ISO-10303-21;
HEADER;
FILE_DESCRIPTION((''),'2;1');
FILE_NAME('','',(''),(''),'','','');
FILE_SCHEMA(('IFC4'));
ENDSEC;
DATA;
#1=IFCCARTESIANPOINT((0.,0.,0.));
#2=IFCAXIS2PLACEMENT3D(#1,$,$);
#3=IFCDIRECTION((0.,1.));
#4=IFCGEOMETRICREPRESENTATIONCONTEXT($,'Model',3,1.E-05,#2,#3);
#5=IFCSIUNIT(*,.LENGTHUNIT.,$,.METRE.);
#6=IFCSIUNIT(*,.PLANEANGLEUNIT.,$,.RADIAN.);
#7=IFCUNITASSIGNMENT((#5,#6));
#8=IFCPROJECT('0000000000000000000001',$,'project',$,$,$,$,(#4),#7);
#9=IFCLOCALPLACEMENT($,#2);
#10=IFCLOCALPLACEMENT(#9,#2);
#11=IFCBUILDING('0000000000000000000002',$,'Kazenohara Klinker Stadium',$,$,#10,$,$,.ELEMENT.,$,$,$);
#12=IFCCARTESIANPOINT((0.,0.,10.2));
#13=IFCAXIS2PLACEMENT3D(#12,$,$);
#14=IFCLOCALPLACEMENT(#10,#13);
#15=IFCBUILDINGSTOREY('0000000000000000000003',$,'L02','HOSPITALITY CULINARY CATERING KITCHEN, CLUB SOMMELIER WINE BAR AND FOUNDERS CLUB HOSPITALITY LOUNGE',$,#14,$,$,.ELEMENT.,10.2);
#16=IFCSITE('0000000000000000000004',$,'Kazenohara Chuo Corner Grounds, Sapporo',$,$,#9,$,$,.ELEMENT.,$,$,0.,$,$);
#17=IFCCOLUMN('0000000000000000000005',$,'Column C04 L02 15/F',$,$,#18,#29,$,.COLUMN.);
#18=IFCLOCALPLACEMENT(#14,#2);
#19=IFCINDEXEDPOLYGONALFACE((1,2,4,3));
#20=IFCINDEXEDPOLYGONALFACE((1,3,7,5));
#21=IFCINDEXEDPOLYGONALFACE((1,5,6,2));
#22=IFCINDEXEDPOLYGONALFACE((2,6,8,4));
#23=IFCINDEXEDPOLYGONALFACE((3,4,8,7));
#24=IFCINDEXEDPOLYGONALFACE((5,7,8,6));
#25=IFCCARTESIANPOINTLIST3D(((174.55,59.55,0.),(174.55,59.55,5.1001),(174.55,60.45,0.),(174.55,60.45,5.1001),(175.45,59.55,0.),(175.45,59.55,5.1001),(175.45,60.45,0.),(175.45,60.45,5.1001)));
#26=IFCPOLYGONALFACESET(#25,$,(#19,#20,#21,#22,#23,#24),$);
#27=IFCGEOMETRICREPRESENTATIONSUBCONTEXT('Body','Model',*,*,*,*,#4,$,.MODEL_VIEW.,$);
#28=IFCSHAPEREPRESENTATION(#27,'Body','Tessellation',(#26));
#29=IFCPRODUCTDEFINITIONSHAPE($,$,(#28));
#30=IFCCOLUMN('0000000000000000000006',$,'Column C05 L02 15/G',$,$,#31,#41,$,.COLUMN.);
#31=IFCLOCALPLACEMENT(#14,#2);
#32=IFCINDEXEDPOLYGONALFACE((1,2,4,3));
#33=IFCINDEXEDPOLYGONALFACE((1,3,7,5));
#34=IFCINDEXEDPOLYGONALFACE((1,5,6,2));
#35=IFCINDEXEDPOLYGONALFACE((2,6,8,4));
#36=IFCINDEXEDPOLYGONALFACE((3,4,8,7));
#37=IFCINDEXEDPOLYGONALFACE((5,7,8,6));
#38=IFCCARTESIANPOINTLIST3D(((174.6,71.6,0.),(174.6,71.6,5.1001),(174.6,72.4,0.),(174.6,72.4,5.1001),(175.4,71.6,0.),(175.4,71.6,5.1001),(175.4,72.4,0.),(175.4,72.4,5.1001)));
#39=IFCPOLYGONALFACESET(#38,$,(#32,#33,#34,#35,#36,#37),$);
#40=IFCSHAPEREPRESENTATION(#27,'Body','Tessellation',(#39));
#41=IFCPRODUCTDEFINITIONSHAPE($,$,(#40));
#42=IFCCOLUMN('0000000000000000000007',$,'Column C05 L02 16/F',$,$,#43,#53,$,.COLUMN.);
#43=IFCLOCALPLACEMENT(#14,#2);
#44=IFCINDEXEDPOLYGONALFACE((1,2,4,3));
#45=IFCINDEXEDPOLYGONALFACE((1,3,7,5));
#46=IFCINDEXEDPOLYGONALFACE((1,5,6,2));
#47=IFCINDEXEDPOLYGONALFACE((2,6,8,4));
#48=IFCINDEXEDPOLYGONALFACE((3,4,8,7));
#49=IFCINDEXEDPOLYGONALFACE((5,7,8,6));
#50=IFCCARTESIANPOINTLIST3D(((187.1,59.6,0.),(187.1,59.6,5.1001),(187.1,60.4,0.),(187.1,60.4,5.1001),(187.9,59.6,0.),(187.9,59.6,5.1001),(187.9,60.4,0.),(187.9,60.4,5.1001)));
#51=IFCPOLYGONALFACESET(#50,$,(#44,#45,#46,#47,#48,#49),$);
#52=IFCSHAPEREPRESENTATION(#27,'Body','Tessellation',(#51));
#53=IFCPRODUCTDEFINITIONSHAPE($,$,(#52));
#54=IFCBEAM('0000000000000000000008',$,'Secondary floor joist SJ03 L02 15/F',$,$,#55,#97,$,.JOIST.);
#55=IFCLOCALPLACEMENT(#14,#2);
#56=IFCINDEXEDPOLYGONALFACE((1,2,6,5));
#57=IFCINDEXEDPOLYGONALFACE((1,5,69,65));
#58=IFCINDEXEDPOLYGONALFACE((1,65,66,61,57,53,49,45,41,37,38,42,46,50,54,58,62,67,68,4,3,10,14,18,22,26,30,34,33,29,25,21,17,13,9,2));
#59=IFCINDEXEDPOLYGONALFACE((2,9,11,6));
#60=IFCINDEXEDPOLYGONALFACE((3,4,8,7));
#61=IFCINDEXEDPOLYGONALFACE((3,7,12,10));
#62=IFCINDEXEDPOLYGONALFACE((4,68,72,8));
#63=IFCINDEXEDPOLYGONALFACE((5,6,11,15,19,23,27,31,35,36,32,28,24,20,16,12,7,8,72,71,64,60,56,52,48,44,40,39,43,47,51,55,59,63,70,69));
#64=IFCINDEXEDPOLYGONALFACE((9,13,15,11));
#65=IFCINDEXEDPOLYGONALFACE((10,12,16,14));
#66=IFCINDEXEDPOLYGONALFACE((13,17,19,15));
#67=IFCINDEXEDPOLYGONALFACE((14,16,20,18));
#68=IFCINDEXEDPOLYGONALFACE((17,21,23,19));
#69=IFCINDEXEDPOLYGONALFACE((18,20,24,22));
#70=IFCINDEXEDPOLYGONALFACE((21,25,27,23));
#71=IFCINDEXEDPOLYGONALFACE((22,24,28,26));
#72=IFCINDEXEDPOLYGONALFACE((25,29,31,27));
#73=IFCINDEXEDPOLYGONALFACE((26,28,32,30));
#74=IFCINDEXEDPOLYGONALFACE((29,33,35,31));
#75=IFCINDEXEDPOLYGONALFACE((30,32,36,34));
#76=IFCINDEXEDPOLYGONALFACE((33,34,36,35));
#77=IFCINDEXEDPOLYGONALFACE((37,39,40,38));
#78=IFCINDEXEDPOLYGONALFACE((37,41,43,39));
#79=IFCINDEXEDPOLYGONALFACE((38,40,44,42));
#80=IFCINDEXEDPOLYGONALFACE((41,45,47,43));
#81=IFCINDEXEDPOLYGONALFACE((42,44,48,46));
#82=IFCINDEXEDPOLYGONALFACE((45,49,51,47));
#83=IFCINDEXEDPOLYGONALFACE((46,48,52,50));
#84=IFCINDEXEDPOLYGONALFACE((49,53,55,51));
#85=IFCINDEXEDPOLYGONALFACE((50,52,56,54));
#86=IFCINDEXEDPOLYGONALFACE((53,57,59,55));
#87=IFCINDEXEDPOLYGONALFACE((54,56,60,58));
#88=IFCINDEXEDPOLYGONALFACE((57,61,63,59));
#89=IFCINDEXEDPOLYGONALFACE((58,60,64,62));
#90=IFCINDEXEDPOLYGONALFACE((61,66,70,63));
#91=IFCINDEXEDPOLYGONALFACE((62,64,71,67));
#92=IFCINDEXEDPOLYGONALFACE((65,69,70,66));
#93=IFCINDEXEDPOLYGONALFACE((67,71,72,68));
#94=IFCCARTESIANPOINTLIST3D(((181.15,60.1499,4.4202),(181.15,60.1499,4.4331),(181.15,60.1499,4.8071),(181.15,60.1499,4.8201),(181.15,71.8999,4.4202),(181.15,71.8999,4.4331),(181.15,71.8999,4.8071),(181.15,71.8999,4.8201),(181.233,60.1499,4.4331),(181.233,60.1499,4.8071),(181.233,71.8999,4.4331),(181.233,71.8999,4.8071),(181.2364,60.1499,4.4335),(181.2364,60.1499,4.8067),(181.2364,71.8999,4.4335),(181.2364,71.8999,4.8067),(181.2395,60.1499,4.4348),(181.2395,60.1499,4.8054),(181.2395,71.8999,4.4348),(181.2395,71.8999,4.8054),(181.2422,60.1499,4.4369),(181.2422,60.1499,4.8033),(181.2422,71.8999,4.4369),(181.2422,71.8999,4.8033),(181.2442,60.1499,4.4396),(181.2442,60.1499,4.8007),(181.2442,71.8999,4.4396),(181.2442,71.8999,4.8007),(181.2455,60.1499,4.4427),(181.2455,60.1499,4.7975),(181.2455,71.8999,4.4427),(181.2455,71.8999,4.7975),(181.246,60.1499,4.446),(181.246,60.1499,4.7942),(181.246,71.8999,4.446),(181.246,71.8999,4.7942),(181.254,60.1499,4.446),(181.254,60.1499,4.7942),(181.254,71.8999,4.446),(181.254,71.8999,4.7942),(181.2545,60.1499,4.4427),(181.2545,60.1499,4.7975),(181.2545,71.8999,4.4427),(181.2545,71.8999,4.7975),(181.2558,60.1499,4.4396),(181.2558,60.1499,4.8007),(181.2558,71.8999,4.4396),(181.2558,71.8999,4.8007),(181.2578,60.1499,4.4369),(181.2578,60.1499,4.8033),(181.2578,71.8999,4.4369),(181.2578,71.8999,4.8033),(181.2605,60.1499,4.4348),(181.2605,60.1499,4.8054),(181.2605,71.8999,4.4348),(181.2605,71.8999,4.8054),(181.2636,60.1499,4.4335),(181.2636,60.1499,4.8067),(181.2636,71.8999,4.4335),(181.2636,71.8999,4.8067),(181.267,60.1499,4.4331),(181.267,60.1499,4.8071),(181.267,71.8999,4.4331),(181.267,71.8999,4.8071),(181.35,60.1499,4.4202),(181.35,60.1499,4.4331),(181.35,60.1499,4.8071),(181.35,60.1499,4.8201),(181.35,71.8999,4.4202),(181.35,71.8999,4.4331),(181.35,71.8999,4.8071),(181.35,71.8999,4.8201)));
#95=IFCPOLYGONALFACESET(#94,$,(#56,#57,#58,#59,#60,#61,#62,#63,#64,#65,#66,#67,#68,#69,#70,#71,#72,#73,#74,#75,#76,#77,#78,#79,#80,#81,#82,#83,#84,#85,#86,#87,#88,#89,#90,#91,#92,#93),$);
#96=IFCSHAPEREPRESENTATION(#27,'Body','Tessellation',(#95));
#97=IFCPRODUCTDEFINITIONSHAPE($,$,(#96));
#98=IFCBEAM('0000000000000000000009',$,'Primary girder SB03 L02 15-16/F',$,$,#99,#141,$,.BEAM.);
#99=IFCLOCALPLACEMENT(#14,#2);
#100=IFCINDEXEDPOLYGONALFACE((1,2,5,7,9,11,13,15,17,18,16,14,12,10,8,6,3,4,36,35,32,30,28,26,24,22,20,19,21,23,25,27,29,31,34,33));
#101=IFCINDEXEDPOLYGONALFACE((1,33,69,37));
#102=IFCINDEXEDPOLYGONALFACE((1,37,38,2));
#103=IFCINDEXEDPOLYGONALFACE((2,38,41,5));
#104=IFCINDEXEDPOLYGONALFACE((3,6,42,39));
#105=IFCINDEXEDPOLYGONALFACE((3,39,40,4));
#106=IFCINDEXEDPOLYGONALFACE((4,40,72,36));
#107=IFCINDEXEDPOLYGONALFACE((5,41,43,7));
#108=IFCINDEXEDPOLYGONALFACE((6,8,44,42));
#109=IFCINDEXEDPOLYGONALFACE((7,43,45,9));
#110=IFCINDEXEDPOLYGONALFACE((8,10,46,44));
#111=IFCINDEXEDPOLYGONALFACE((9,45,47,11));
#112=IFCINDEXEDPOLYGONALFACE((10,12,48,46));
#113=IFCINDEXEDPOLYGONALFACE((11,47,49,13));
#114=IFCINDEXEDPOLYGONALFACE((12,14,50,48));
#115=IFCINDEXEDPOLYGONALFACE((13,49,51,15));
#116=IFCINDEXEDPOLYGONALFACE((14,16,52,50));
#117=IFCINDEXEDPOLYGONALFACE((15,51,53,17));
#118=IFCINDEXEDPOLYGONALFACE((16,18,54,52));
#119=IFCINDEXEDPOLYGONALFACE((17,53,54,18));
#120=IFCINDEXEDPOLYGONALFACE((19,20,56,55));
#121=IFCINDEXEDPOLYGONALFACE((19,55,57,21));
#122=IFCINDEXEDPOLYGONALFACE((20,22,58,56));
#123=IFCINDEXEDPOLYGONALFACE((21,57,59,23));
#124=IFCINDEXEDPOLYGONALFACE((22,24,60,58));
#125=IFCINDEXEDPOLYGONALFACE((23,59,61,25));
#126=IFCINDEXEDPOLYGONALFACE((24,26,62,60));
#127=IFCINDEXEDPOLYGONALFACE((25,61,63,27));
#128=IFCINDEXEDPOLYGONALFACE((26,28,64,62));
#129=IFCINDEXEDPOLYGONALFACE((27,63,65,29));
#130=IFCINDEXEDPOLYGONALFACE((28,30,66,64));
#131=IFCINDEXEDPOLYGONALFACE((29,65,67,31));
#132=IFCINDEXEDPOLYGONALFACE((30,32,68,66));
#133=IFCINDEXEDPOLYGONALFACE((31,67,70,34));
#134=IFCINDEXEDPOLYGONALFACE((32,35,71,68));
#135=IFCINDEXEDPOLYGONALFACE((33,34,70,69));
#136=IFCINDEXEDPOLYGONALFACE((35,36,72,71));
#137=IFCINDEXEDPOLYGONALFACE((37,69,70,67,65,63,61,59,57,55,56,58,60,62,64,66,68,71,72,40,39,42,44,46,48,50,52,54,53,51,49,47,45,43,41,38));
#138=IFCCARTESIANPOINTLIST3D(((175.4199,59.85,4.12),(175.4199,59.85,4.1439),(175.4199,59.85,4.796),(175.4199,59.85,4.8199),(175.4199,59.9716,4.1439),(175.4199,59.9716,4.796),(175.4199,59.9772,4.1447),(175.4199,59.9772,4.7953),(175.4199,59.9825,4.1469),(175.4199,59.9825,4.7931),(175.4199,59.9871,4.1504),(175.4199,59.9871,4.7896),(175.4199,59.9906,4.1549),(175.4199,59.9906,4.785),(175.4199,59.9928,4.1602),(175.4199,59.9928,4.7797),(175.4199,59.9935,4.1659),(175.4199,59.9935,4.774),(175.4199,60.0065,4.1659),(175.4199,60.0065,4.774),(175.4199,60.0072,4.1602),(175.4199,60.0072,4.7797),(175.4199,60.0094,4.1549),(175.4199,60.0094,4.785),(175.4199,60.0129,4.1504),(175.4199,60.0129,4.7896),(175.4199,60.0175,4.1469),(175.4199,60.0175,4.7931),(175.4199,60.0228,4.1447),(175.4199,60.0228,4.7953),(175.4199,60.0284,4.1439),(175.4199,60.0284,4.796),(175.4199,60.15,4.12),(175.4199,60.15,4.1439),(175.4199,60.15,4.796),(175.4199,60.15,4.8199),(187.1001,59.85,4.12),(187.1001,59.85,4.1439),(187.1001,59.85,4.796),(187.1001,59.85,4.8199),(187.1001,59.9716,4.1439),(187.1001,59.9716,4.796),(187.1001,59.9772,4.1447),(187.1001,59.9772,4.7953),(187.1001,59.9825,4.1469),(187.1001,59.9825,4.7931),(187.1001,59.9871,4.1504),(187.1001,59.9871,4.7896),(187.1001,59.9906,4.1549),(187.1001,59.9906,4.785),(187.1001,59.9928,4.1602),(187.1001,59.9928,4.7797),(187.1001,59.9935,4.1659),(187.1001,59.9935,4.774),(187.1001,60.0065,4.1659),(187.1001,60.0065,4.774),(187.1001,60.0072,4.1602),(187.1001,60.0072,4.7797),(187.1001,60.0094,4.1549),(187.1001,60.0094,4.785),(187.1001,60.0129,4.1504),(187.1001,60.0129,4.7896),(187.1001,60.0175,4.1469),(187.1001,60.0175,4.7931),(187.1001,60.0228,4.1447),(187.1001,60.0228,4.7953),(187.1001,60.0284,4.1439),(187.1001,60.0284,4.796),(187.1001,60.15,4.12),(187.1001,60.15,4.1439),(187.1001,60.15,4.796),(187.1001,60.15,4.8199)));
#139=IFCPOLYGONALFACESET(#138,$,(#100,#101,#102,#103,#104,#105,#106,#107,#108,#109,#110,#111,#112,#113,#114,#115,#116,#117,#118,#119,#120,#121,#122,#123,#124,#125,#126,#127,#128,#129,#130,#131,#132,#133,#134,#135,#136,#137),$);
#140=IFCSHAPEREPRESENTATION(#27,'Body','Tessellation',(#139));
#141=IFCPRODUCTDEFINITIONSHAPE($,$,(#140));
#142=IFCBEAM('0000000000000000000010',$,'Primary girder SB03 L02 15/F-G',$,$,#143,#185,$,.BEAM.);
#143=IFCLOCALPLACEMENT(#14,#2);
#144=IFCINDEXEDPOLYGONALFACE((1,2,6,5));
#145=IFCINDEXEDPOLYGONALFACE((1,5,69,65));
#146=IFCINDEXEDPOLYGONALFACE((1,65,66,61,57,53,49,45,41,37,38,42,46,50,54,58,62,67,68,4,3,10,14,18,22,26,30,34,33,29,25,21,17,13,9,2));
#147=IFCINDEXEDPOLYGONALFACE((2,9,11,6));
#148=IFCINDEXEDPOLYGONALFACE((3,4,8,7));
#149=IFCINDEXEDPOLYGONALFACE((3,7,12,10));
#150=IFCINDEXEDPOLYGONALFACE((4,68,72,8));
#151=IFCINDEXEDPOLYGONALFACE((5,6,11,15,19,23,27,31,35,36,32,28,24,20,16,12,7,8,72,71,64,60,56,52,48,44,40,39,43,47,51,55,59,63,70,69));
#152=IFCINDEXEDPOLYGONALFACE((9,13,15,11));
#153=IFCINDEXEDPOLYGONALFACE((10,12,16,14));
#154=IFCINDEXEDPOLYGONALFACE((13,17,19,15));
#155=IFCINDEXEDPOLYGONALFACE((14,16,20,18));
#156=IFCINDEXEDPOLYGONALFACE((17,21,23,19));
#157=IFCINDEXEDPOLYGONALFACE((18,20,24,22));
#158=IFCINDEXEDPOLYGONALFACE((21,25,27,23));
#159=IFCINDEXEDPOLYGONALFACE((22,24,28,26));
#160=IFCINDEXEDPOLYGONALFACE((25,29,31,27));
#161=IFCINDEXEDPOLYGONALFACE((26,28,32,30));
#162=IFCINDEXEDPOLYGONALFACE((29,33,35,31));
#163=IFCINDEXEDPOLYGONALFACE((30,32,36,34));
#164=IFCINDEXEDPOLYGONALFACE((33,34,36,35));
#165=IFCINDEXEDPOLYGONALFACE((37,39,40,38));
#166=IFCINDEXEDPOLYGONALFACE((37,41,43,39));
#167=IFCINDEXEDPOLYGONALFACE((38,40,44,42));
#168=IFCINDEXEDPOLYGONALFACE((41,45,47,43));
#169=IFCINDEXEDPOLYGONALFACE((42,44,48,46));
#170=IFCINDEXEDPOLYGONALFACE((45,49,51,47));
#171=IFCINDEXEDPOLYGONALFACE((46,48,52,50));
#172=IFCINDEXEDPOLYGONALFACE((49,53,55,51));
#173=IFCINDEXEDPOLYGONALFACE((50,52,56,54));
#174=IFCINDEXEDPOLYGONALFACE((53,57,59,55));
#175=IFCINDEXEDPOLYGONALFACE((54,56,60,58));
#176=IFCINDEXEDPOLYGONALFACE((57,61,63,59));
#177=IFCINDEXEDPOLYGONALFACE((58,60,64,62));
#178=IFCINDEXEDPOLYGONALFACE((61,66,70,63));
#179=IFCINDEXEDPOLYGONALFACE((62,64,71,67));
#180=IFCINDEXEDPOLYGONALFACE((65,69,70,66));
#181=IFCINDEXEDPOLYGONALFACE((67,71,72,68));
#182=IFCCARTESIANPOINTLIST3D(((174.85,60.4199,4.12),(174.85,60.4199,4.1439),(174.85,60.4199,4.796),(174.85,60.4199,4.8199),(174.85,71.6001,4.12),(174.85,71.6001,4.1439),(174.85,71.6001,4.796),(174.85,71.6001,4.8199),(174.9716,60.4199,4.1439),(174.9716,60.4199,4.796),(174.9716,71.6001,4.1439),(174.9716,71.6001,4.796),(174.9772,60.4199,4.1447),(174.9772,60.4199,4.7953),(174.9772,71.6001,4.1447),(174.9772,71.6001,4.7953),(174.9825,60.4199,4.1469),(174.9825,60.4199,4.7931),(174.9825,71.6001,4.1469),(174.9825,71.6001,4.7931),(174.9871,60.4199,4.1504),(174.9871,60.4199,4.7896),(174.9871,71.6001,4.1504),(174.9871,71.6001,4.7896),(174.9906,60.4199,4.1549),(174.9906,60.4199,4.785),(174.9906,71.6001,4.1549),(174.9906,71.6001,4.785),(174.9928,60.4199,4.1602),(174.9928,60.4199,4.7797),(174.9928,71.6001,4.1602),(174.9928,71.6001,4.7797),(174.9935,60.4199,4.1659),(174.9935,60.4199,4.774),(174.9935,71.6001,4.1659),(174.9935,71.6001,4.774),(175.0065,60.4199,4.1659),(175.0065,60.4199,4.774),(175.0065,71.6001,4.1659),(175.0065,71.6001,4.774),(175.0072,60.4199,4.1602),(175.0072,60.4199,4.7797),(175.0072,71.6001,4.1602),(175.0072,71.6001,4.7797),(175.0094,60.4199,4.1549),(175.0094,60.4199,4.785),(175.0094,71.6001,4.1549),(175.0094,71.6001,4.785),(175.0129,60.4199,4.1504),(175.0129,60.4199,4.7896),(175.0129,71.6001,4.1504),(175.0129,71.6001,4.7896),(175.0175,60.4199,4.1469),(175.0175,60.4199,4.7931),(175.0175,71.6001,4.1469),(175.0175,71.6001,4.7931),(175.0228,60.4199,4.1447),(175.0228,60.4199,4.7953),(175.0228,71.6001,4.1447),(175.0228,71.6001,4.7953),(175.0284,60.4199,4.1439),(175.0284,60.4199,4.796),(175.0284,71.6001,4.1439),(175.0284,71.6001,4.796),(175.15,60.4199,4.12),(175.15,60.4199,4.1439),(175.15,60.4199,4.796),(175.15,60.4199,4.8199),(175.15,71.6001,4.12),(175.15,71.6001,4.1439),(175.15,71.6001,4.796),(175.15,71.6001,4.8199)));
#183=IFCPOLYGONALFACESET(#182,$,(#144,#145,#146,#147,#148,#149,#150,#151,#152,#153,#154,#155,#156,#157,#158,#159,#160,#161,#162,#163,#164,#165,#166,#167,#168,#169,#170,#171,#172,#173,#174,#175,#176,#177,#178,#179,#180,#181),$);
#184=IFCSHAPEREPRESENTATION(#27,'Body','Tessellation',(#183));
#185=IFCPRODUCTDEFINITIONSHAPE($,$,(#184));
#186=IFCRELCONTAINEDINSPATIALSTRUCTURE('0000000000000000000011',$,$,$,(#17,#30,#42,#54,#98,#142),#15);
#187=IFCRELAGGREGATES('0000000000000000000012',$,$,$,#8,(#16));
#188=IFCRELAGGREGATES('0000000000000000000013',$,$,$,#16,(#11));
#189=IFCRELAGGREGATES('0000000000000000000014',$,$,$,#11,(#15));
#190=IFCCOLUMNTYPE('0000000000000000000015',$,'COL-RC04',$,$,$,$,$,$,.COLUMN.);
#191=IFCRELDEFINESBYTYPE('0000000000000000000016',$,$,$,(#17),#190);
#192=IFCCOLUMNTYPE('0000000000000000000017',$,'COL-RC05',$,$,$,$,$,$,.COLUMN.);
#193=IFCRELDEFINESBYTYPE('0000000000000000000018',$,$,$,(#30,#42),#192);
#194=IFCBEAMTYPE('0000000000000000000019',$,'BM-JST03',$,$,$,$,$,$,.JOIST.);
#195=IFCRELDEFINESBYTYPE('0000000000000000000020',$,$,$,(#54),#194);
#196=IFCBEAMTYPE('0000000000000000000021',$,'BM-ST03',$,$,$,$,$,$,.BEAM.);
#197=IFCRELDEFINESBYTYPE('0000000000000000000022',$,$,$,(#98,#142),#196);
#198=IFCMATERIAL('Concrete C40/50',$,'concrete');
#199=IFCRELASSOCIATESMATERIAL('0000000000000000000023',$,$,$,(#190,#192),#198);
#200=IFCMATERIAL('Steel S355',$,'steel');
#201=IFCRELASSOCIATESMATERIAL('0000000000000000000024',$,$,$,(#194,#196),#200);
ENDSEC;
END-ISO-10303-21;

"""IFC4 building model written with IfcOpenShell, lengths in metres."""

from ifc_helpers import new_model, si_unit, direction, frame, origin, origin_2d, place, context, subcontext, project, spatial, rectangle, i_section, extrude, material, material_profile, profile_set, type_object, element, save


model = new_model("IFC4")

# Units and contexts
model_context = context("Model", 3, precision=1e-05, world=origin(), true_north=direction((0.0, 1.0)))
body_context = subcontext(model_context, "Body", "Model", "MODEL_VIEW")
ifc_project = project(units=[si_unit("LENGTHUNIT", "METRE"), si_unit("PLANEANGLEUNIT", "RADIAN")], contexts=[model_context])

# Site, building, storey
site_placement = place(None, origin())
site = spatial("IfcSite", under=ifc_project, at=site_placement, Name="Kazenohara Chuo Corner Grounds, Sapporo", CompositionType="ELEMENT", RefElevation=0.0)
building_placement = place(site_placement, origin())
building = spatial("IfcBuilding", under=site, at=building_placement, Name="Kazenohara Klinker Stadium", CompositionType="ELEMENT")
storey_placement = place(building_placement, frame((0.0, 0.0, 10.2)))
storey = spatial("IfcBuildingStorey", under=building, at=storey_placement, Name="L02", Description="HOSPITALITY CULINARY CATERING KITCHEN, CLUB SOMMELIER WINE BAR AND FOUNDERS CLUB HOSPITALITY LOUNGE", CompositionType="ELEMENT", Elevation=10.2)

# Columns
ifc_material_1 = material(Name="Concrete C40/50", Category="concrete")
ifc_material_profile_1 = material_profile(ifc_material_1, rectangle(XDim=0.8999, YDim=0.8999, at=origin_2d()), Name="RC-COL-900x900")
ifc_profile_set_1 = profile_set([ifc_material_profile_1], Name="Concrete C40/50")
column_type_1 = type_object("IfcColumnType", Name="COL-RC04", PredefinedType="COLUMN", material=ifc_profile_set_1)
column_placement = place(storey_placement, frame((175.0, 60.0, 0.0), z_axis=(0.0, 0.0, 1.0), x_axis=(1.0, 0.0, 0.0)))
element("IfcColumn", 1, at=column_placement, inside=storey, type_object=column_type_1, Name="Column C04 L02 15/F", PredefinedType="COLUMN", context=body_context, shape_type="SweptSolid", body=[
    extrude(rectangle(XDim=0.8999, YDim=0.8999, at=origin_2d()), origin(), (0.0, 0.0, 1.0), 5.1001),
])
ifc_material_profile_2 = material_profile(ifc_material_1, rectangle(XDim=0.8, YDim=0.8, at=origin_2d()), Name="RC-COL-800x800")
ifc_profile_set_2 = profile_set([ifc_material_profile_2], Name="Concrete C40/50")
column_type_2 = type_object("IfcColumnType", Name="COL-RC05", PredefinedType="COLUMN", material=ifc_profile_set_2)
for number, where, z_axis, x_axis, name in (
    (2, (175.0, 72.0, 0.0), (0.0, 0.0, 1.0), (1.0, 0.0, 0.0), "Column C05 L02 15/G"),
    (3, (187.5, 60.0, 0.0), (0.0, 0.0, 1.0), (1.0, 0.0, 0.0), "Column C05 L02 16/F"),
):
    element("IfcColumn", number, at=place(storey_placement, frame(where, z_axis=z_axis, x_axis=x_axis)), inside=storey, type_object=column_type_2, Name=name, PredefinedType="COLUMN", context=body_context, shape_type="SweptSolid", body=[
        extrude(rectangle(XDim=0.8, YDim=0.8, at=origin_2d()), origin(), (0.0, 0.0, 1.0), 5.1001),
    ])

# Beams
ifc_material_2 = material(Name="Steel S355", Category="steel")
ifc_material_profile_3 = material_profile(ifc_material_2, i_section(OverallWidth=0.2, OverallDepth=0.3999, WebThickness=0.0081, FlangeThickness=0.0129, FilletRadius=0.0129, at=origin_2d()), Name="H-400x200x8x13")
ifc_profile_set_3 = profile_set([ifc_material_profile_3], Name="Steel S355")
beam_type_1 = type_object("IfcBeamType", Name="BM-JST03", PredefinedType="JOIST", material=ifc_profile_set_3)
beam_1_placement = place(storey_placement, frame((181.25, 60.1499, 4.6201), z_axis=(0.0, 1.0, 0.0), x_axis=(-1.0, 0.0, 0.0)))
element("IfcBeam", 4, at=beam_1_placement, inside=storey, type_object=beam_type_1, Name="Secondary floor joist SJ03 L02 15/F", PredefinedType="JOIST", context=body_context, shape_type="SweptSolid", body=[
    extrude(i_section(OverallWidth=0.2, OverallDepth=0.3999, WebThickness=0.0081, FlangeThickness=0.0129, FilletRadius=0.0129, at=origin_2d()), origin(), (0.0, 0.0, 1.0), 11.75),
])
ifc_material_profile_4 = material_profile(ifc_material_2, i_section(OverallWidth=0.3, OverallDepth=0.7, WebThickness=0.0129, FlangeThickness=0.0239, FilletRadius=0.022, at=origin_2d()), Name="H-700x300x13x24")
ifc_profile_set_4 = profile_set([ifc_material_profile_4], Name="Steel S355")
beam_type_2 = type_object("IfcBeamType", Name="BM-ST03", PredefinedType="BEAM", material=ifc_profile_set_4)
beam_2_placement = place(storey_placement, frame((175.4199, 60.0, 4.47), z_axis=(1.0, 0.0, 0.0), x_axis=(0.0, 1.0, 0.0)))
element("IfcBeam", 5, at=beam_2_placement, inside=storey, type_object=beam_type_2, Name="Primary girder SB03 L02 15-16/F", PredefinedType="BEAM", context=body_context, shape_type="SweptSolid", body=[
    extrude(i_section(OverallWidth=0.3, OverallDepth=0.7, WebThickness=0.0129, FlangeThickness=0.0239, FilletRadius=0.022, at=origin_2d()), origin(), (0.0, 0.0, 1.0), 11.6802),
])
beam_3_placement = place(storey_placement, frame((175.0, 60.4199, 4.47), z_axis=(0.0, 1.0, 0.0), x_axis=(-1.0, 0.0, 0.0)))
element("IfcBeam", 6, at=beam_3_placement, inside=storey, type_object=beam_type_2, Name="Primary girder SB03 L02 15/F-G", PredefinedType="BEAM", context=body_context, shape_type="SweptSolid", body=[
    extrude(i_section(OverallWidth=0.3, OverallDepth=0.7, WebThickness=0.0129, FlangeThickness=0.0239, FilletRadius=0.022, at=origin_2d()), origin(), (0.0, 0.0, 1.0), 11.1802),
])

save(model, "model.ifc")
